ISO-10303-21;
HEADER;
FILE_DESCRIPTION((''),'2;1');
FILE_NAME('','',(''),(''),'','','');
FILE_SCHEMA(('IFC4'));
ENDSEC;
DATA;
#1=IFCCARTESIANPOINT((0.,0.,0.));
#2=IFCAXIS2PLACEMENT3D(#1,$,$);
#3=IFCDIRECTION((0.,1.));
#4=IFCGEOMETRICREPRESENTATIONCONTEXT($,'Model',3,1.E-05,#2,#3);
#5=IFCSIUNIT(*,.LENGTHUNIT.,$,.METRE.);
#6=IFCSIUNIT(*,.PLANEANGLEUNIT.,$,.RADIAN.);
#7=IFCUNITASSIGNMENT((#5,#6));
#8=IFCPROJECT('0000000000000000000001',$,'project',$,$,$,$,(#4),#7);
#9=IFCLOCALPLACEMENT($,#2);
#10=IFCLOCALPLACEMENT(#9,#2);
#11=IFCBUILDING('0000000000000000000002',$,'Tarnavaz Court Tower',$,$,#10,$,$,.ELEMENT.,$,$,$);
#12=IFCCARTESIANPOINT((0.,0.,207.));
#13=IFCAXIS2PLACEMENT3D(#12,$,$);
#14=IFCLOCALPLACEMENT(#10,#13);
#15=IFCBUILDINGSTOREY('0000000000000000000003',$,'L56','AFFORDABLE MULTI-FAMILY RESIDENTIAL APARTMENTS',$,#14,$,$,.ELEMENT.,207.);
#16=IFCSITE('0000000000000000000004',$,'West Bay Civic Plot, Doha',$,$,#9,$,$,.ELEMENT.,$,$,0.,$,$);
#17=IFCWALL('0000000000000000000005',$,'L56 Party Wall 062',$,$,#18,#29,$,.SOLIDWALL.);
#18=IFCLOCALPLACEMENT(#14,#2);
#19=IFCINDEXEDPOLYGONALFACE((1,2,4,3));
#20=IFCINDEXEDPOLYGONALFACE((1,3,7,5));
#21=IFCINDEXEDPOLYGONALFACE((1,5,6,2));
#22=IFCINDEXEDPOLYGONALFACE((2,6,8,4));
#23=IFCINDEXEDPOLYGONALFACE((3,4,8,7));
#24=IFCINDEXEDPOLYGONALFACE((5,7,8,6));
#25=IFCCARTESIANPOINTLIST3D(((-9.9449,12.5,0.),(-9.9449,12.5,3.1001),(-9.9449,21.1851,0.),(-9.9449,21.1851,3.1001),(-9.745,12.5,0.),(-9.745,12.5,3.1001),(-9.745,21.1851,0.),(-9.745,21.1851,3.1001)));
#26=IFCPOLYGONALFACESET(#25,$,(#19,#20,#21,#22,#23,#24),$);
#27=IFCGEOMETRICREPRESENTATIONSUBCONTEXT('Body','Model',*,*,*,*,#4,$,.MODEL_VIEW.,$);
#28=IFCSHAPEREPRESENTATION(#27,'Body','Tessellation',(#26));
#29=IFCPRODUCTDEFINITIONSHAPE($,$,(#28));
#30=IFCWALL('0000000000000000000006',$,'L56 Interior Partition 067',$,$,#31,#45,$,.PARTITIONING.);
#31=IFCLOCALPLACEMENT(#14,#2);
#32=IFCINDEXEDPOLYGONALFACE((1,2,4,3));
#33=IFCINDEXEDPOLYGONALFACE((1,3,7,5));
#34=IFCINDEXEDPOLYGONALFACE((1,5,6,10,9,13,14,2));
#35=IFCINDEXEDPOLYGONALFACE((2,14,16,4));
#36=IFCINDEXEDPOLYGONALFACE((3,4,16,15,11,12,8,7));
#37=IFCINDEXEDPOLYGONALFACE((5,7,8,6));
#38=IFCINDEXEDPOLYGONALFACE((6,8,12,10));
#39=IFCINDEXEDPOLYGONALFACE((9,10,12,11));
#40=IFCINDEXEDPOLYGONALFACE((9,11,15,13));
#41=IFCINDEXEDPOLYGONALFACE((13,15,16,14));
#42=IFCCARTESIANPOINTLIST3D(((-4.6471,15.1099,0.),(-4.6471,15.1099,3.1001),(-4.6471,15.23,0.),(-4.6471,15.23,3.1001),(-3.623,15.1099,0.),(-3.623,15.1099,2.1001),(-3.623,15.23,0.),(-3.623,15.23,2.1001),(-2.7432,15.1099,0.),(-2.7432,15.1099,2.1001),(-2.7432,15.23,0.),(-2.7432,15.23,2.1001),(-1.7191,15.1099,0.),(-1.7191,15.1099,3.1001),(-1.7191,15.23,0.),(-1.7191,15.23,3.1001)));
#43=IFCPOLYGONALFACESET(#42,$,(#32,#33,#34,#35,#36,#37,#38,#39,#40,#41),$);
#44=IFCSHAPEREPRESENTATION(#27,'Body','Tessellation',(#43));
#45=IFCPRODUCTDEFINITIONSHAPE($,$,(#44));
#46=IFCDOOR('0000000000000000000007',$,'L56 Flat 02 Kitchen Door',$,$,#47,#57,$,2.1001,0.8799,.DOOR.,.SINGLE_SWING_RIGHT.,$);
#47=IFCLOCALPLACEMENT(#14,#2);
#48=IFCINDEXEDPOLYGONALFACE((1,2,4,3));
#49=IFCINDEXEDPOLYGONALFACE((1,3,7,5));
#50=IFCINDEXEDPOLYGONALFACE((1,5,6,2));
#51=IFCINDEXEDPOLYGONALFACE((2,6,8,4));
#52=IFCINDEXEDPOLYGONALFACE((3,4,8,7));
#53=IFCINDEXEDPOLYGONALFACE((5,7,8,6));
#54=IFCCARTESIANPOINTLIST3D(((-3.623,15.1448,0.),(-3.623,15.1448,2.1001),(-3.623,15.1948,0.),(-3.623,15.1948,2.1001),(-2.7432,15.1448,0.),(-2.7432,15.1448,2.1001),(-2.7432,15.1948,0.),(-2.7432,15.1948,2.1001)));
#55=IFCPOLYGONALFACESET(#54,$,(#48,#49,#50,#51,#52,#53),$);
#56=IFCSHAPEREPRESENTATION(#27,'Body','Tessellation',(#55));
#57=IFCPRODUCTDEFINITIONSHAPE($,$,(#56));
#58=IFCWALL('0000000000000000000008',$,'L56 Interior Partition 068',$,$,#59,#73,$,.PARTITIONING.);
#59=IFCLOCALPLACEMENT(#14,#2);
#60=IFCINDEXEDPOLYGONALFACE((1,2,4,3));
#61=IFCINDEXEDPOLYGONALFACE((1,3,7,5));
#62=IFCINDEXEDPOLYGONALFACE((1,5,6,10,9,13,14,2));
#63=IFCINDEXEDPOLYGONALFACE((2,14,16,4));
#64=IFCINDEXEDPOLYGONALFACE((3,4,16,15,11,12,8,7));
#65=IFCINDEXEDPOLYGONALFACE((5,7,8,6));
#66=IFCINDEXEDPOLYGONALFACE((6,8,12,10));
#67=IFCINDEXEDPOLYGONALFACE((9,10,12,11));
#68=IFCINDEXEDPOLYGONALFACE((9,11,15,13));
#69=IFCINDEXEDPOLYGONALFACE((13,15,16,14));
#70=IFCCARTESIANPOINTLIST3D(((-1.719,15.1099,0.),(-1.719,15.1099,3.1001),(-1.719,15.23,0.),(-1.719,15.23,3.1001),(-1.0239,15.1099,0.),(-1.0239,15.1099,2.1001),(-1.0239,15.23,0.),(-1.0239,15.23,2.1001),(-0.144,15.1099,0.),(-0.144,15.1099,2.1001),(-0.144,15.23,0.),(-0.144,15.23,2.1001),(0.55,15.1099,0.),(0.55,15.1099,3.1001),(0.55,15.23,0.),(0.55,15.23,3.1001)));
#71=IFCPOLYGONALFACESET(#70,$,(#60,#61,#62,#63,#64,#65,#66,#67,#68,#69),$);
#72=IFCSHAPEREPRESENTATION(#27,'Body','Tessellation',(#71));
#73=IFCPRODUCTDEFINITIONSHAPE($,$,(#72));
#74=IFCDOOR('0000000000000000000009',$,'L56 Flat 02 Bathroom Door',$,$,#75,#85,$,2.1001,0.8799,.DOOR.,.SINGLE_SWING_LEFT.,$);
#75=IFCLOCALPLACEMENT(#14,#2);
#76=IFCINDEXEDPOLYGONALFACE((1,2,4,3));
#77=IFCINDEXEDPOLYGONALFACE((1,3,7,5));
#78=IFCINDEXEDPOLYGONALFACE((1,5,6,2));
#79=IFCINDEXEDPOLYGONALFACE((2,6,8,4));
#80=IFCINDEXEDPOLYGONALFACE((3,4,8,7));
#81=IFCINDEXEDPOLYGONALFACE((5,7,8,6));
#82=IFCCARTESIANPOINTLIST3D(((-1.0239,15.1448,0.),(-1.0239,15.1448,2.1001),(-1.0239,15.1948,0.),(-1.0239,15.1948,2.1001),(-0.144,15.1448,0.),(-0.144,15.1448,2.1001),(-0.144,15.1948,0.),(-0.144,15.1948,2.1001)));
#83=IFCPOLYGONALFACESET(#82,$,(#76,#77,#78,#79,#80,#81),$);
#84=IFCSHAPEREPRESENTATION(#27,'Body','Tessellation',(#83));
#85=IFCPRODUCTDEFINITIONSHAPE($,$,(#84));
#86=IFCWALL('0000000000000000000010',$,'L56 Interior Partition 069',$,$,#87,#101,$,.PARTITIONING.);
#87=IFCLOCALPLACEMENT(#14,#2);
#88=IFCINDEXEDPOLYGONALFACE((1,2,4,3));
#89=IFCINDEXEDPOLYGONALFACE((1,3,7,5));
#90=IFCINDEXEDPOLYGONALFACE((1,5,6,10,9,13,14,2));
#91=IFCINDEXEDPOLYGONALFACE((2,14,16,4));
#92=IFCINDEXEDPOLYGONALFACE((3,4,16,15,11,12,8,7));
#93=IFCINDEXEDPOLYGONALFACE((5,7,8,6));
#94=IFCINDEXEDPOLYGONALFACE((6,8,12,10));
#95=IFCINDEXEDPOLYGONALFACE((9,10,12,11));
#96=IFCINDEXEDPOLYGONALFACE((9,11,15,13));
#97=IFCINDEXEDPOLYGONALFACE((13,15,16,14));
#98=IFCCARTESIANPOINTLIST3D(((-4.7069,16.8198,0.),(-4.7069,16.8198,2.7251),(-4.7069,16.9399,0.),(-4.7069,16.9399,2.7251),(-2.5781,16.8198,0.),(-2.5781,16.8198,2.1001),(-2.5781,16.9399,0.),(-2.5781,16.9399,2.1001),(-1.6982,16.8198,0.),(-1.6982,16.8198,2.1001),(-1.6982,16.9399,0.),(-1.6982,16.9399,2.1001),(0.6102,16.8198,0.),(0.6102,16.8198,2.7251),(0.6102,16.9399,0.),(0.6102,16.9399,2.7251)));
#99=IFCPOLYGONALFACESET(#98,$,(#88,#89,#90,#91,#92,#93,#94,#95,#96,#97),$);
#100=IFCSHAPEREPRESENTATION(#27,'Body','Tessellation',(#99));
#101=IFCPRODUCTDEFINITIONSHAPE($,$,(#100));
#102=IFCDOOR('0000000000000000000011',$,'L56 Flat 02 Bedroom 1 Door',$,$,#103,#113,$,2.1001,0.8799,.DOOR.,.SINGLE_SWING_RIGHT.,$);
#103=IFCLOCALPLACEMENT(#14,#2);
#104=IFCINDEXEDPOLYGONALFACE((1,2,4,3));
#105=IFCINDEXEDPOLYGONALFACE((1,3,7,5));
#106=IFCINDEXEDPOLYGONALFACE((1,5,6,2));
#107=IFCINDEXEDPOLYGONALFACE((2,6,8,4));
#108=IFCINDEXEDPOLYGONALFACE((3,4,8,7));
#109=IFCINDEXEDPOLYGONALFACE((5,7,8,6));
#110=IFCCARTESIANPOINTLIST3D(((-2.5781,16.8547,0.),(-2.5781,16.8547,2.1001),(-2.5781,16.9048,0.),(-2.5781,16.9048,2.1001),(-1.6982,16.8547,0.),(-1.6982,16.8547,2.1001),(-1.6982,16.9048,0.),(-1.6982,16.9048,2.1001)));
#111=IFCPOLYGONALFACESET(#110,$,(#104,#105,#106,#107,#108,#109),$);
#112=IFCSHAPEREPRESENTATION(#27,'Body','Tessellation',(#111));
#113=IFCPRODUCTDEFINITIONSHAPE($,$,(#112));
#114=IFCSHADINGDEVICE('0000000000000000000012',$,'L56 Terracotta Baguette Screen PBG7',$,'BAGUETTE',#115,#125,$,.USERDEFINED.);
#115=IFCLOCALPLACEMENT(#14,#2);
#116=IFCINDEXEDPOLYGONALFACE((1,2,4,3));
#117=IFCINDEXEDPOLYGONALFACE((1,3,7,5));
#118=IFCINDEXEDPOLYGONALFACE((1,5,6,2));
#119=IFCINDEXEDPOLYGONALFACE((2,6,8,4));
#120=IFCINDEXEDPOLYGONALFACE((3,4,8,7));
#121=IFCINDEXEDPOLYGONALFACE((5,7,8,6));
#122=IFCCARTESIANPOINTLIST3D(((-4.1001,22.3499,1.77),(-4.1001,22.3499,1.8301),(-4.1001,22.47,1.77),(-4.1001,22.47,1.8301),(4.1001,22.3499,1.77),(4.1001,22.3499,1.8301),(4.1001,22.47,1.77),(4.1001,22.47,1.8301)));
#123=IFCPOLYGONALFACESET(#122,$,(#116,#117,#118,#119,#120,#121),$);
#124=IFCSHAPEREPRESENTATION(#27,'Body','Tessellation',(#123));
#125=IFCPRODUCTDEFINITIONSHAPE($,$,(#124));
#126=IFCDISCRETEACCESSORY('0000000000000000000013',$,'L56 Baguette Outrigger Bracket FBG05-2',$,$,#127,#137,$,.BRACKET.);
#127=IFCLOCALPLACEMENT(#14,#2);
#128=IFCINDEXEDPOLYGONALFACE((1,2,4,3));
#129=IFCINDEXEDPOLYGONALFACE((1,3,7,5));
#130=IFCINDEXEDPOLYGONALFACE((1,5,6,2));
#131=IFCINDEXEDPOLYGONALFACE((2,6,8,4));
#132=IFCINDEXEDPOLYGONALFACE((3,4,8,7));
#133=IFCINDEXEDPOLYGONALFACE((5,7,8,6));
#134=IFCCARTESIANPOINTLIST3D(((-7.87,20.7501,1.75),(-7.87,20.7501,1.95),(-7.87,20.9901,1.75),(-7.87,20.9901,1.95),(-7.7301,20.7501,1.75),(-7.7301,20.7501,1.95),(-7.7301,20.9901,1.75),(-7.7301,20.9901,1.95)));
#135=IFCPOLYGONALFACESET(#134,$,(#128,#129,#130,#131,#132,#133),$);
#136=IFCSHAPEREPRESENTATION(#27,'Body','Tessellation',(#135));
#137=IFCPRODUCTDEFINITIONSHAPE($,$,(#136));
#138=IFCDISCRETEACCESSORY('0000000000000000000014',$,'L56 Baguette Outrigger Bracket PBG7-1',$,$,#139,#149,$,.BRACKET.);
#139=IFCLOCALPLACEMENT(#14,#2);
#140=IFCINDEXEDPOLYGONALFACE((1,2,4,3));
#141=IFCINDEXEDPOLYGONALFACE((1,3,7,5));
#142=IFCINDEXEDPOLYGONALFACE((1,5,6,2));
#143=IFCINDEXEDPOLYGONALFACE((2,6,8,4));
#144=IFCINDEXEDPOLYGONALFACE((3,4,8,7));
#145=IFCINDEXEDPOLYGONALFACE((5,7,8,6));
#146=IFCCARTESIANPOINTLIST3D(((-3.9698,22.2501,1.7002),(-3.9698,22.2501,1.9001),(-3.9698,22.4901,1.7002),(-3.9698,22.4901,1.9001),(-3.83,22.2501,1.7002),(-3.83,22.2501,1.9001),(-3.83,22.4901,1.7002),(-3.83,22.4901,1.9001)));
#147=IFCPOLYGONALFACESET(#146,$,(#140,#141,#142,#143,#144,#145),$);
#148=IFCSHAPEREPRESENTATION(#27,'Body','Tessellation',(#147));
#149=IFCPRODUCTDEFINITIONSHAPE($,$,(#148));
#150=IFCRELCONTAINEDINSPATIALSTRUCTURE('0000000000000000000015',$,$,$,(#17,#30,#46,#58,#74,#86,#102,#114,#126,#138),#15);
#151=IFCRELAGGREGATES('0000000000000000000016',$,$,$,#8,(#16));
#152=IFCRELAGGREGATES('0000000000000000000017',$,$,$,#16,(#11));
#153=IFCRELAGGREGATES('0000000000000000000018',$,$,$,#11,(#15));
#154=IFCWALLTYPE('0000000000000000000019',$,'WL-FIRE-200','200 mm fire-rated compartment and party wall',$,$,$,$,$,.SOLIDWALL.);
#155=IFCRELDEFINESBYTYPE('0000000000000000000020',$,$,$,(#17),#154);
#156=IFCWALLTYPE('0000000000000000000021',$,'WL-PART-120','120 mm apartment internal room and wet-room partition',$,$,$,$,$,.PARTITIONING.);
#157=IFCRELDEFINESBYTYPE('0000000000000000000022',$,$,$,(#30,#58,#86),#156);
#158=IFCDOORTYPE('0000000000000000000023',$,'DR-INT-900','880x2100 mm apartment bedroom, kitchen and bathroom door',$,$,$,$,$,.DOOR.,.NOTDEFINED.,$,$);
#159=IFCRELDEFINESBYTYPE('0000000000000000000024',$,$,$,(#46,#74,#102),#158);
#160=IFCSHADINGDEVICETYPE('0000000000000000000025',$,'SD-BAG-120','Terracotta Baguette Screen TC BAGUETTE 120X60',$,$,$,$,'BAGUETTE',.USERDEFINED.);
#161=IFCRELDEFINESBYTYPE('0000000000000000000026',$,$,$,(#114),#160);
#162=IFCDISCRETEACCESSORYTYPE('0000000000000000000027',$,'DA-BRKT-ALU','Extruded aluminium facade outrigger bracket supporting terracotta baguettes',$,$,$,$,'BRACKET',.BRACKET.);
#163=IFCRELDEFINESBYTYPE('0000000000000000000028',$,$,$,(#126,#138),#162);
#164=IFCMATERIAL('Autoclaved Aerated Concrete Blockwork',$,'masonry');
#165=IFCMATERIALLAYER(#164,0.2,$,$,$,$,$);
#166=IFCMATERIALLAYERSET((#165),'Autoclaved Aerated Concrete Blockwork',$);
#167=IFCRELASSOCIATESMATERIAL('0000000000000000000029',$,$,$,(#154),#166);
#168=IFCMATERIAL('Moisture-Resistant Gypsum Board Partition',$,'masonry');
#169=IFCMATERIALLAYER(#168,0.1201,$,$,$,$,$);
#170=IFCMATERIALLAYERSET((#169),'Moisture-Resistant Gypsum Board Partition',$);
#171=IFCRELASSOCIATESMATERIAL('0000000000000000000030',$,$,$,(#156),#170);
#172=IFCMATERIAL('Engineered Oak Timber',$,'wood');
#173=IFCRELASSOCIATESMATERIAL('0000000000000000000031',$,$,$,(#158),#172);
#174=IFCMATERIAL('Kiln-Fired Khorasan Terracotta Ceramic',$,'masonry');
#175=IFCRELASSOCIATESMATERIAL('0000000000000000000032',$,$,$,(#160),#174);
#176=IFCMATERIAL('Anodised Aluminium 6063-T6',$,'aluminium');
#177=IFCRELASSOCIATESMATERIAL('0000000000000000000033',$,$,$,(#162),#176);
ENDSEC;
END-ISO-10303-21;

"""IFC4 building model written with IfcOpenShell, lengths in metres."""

from ifc_helpers import new_model, si_unit, direction, frame, frame_2d, origin, origin_2d, place, context, subcontext, project, spatial, rectangle, extrude, material, layer, layer_set, material_profile, profile_set, type_object, element, fill, save


model = new_model("IFC4")

# Units and contexts
model_context = context("Model", 3, precision=1e-05, world=origin(), true_north=direction((0.0, 1.0)))
body_context = subcontext(model_context, "Body", "Model", "MODEL_VIEW")
ifc_project = project(units=[si_unit("LENGTHUNIT", "METRE"), si_unit("PLANEANGLEUNIT", "RADIAN")], contexts=[model_context])

# Site, building, storey
site_placement = place(None, origin())
site = spatial("IfcSite", under=ifc_project, at=site_placement, Name="West Bay Civic Plot, Doha", CompositionType="ELEMENT", RefElevation=0.0)
building_placement = place(site_placement, origin())
building = spatial("IfcBuilding", under=site, at=building_placement, Name="Tarnavaz Court Tower", CompositionType="ELEMENT")
storey_placement = place(building_placement, frame((0.0, 0.0, 207.0)))
storey = spatial("IfcBuildingStorey", under=building, at=storey_placement, Name="L56", Description="AFFORDABLE MULTI-FAMILY RESIDENTIAL APARTMENTS", CompositionType="ELEMENT", Elevation=207.0)

# Shared definitions
ifc_material_1 = material(Name="Anodised Aluminium 6063-T6", Category="aluminium")

# Wall
ifc_material_2 = material(Name="Autoclaved Aerated Concrete Blockwork", Category="masonry")
ifc_layer_1 = layer(ifc_material_2, 0.2)
ifc_layer_set_1 = layer_set([ifc_layer_1], Name="Autoclaved Aerated Concrete Blockwork")
wall_type_1 = type_object("IfcWallType", Name="WL-FIRE-200", Description="200 mm fire-rated compartment and party wall", PredefinedType="SOLIDWALL", material=ifc_layer_set_1)
wall_1_placement = place(storey_placement, frame((-9.845, 12.5, 0.0), z_axis=(0.0, 0.0, 1.0), x_axis=(0.0, 1.0, 0.0)))
element("IfcWall", 1, at=wall_1_placement, inside=storey, type_object=wall_type_1, Name="L56 Party Wall 062", PredefinedType="SOLIDWALL", context=body_context, shape_type="SweptSolid", body=[
    extrude(rectangle(XDim=8.6851, YDim=0.2, at=frame_2d((4.3425, 0.0))), origin(), (0.0, 0.0, 1.0), 3.1001),
])

# Walls, openings, doors
ifc_material_3 = material(Name="Moisture-Resistant Gypsum Board Partition", Category="masonry")
ifc_layer_2 = layer(ifc_material_3, 0.1201)
ifc_layer_set_2 = layer_set([ifc_layer_2], Name="Moisture-Resistant Gypsum Board Partition")
wall_type_2 = type_object("IfcWallType", Name="WL-PART-120", Description="120 mm apartment internal room and wet-room partition", PredefinedType="PARTITIONING", material=ifc_layer_set_2)
wall_2_placement = place(storey_placement, frame((-4.647, 15.1699, 0.0), z_axis=(0.0, 0.0, 1.0), x_axis=(1.0, 0.0, 0.0)))
wall_2 = element("IfcWall", 2, at=wall_2_placement, inside=storey, type_object=wall_type_2, Name="L56 Interior Partition 067", PredefinedType="PARTITIONING", context=body_context, shape_type="SweptSolid", body=[
    extrude(rectangle(XDim=2.928, YDim=0.1201, at=frame_2d((1.4639, 0.0))), origin(), (0.0, 0.0, 1.0), 3.1001),
])
opening_1_placement = place(wall_2_placement, frame((1.0239, 0.0, 0.0)))
opening_1 = element("IfcOpeningElement", 3, at=opening_1_placement, cuts=wall_2, PredefinedType="OPENING", context=body_context, shape_type="SweptSolid", body=[
    extrude(rectangle(XDim=0.8799, YDim=2.1001, at=frame_2d((0.4399, 1.05))), frame((0.0, 0.0701, 0.0), z_axis=(0.0, -1.0, 0.0), x_axis=(1.0, 0.0, 0.0)), (0.0, 0.0, 1.0), 0.1401),
])
ifc_material_4 = material(Name="Engineered Oak Timber", Category="wood")
door_type = type_object("IfcDoorType", Name="DR-INT-900", Description="880x2100 mm apartment bedroom, kitchen and bathroom door", OperationType="NOTDEFINED", PredefinedType="DOOR", material=ifc_material_4)
door_1_placement = place(opening_1_placement, origin())
door_1 = element("IfcDoor", 4, at=door_1_placement, inside=storey, type_object=door_type, Name="L56 Flat 02 Kitchen Door", OperationType="SINGLE_SWING_RIGHT", OverallHeight=2.1001, OverallWidth=0.8799, PredefinedType="DOOR", context=body_context, shape_type="SweptSolid", body=[
    extrude(rectangle(XDim=0.8799, YDim=2.1001, at=frame_2d((0.4399, 1.05))), frame((0.0, 0.0249, 0.0), z_axis=(0.0, -1.0, 0.0), x_axis=(1.0, 0.0, 0.0)), (0.0, 0.0, 1.0), 0.05),
])
fill(opening_1, door_1)
wall_3_placement = place(storey_placement, frame((-1.719, 15.1699, 0.0), z_axis=(0.0, 0.0, 1.0), x_axis=(1.0, 0.0, 0.0)))
wall_3 = element("IfcWall", 5, at=wall_3_placement, inside=storey, type_object=wall_type_2, Name="L56 Interior Partition 068", PredefinedType="PARTITIONING", context=body_context, shape_type="SweptSolid", body=[
    extrude(rectangle(XDim=2.269, YDim=0.1201, at=frame_2d((1.1345, 0.0))), origin(), (0.0, 0.0, 1.0), 3.1001),
])
opening_2_placement = place(wall_3_placement, frame((0.6951, 0.0, 0.0)))
opening_2 = element("IfcOpeningElement", 6, at=opening_2_placement, cuts=wall_3, PredefinedType="OPENING", context=body_context, shape_type="SweptSolid", body=[
    extrude(rectangle(XDim=0.8799, YDim=2.1001, at=frame_2d((0.4399, 1.05))), frame((0.0, 0.0701, 0.0), z_axis=(0.0, -1.0, 0.0), x_axis=(1.0, 0.0, 0.0)), (0.0, 0.0, 1.0), 0.1401),
])
door_2_placement = place(opening_2_placement, origin())
door_2 = element("IfcDoor", 7, at=door_2_placement, inside=storey, type_object=door_type, Name="L56 Flat 02 Bathroom Door", OperationType="SINGLE_SWING_LEFT", OverallHeight=2.1001, OverallWidth=0.8799, PredefinedType="DOOR", context=body_context, shape_type="SweptSolid", body=[
    extrude(rectangle(XDim=0.8799, YDim=2.1001, at=frame_2d((0.4399, 1.05))), frame((0.0, 0.0249, 0.0), z_axis=(0.0, -1.0, 0.0), x_axis=(1.0, 0.0, 0.0)), (0.0, 0.0, 1.0), 0.05),
])
fill(opening_2, door_2)
wall_4_placement = place(storey_placement, frame((-4.707, 16.8799, 0.0), z_axis=(0.0, 0.0, 1.0), x_axis=(1.0, 0.0, 0.0)))
wall_4 = element("IfcWall", 8, at=wall_4_placement, inside=storey, type_object=wall_type_2, Name="L56 Interior Partition 069", PredefinedType="PARTITIONING", context=body_context, shape_type="SweptSolid", body=[
    extrude(rectangle(XDim=5.3171, YDim=0.1201, at=frame_2d((2.6587, 0.0))), origin(), (0.0, 0.0, 1.0), 2.7251),
])
opening_3_placement = place(wall_4_placement, frame((2.1289, 0.0, 0.0)))
opening_3 = element("IfcOpeningElement", 9, at=opening_3_placement, cuts=wall_4, PredefinedType="OPENING", context=body_context, shape_type="SweptSolid", body=[
    extrude(rectangle(XDim=0.8799, YDim=2.1001, at=frame_2d((0.4399, 1.05))), frame((0.0, 0.0701, 0.0), z_axis=(0.0, -1.0, 0.0), x_axis=(1.0, 0.0, 0.0)), (0.0, 0.0, 1.0), 0.1401),
])
door_3_placement = place(opening_3_placement, origin())
door_3 = element("IfcDoor", 10, at=door_3_placement, inside=storey, type_object=door_type, Name="L56 Flat 02 Bedroom 1 Door", OperationType="SINGLE_SWING_RIGHT", OverallHeight=2.1001, OverallWidth=0.8799, PredefinedType="DOOR", context=body_context, shape_type="SweptSolid", body=[
    extrude(rectangle(XDim=0.8799, YDim=2.1001, at=frame_2d((0.4399, 1.05))), frame((0.0, 0.0249, 0.0), z_axis=(0.0, -1.0, 0.0), x_axis=(1.0, 0.0, 0.0)), (0.0, 0.0, 1.0), 0.05),
])
fill(opening_3, door_3)

# Shading device
ifc_material_5 = material(Name="Kiln-Fired Khorasan Terracotta Ceramic", Category="masonry")
ifc_material_profile_1 = material_profile(ifc_material_5, rectangle(XDim=0.1201, YDim=0.0601, at=origin_2d()), Name="TC BAGUETTE 120X60")
ifc_profile_set_1 = profile_set([ifc_material_profile_1], Name="Kiln-Fired Khorasan Terracotta Ceramic")
shading_device_type = type_object("IfcShadingDeviceType", Name="SD-BAG-120", Description="Terracotta Baguette Screen TC BAGUETTE 120X60", ElementType="BAGUETTE", PredefinedType="USERDEFINED", material=ifc_profile_set_1)
shading_device_placement = place(storey_placement, frame((-4.1001, 22.4099, 1.8), z_axis=(1.0, 0.0, 0.0), x_axis=(0.0, 1.0, 0.0)))
element("IfcShadingDevice", 11, at=shading_device_placement, inside=storey, type_object=shading_device_type, Name="L56 Terracotta Baguette Screen PBG7", ObjectType="BAGUETTE", PredefinedType="USERDEFINED", context=body_context, shape_type="SweptSolid", body=[
    extrude(rectangle(XDim=0.1201, YDim=0.0601, at=origin_2d()), origin(), (0.0, 0.0, 1.0), 8.2002),
])

# Discrete accessories
discrete_accessory_type = type_object("IfcDiscreteAccessoryType", Name="DA-BRKT-ALU", Description="Extruded aluminium facade outrigger bracket supporting terracotta baguettes", ElementType="BRACKET", PredefinedType="BRACKET", material=ifc_material_1)
for number, where, z_axis, x_axis, name in (
    (12, (-7.8, 20.8701, 1.75), (0.0, 0.0, 1.0), (1.0, 0.0, 0.0), "L56 Baguette Outrigger Bracket FBG05-2"),
    (13, (-3.8999, 22.3701, 1.7002), (0.0, 0.0, 1.0), (1.0, 0.0, 0.0), "L56 Baguette Outrigger Bracket PBG7-1"),
):
    element("IfcDiscreteAccessory", number, at=place(storey_placement, frame(where, z_axis=z_axis, x_axis=x_axis)), inside=storey, type_object=discrete_accessory_type, Name=name, PredefinedType="BRACKET", context=body_context, shape_type="SweptSolid", body=[
        extrude(rectangle(XDim=0.1399, YDim=0.24, at=origin_2d()), origin(), (0.0, 0.0, 1.0), 0.2),
    ])

save(model, "model.ifc")
